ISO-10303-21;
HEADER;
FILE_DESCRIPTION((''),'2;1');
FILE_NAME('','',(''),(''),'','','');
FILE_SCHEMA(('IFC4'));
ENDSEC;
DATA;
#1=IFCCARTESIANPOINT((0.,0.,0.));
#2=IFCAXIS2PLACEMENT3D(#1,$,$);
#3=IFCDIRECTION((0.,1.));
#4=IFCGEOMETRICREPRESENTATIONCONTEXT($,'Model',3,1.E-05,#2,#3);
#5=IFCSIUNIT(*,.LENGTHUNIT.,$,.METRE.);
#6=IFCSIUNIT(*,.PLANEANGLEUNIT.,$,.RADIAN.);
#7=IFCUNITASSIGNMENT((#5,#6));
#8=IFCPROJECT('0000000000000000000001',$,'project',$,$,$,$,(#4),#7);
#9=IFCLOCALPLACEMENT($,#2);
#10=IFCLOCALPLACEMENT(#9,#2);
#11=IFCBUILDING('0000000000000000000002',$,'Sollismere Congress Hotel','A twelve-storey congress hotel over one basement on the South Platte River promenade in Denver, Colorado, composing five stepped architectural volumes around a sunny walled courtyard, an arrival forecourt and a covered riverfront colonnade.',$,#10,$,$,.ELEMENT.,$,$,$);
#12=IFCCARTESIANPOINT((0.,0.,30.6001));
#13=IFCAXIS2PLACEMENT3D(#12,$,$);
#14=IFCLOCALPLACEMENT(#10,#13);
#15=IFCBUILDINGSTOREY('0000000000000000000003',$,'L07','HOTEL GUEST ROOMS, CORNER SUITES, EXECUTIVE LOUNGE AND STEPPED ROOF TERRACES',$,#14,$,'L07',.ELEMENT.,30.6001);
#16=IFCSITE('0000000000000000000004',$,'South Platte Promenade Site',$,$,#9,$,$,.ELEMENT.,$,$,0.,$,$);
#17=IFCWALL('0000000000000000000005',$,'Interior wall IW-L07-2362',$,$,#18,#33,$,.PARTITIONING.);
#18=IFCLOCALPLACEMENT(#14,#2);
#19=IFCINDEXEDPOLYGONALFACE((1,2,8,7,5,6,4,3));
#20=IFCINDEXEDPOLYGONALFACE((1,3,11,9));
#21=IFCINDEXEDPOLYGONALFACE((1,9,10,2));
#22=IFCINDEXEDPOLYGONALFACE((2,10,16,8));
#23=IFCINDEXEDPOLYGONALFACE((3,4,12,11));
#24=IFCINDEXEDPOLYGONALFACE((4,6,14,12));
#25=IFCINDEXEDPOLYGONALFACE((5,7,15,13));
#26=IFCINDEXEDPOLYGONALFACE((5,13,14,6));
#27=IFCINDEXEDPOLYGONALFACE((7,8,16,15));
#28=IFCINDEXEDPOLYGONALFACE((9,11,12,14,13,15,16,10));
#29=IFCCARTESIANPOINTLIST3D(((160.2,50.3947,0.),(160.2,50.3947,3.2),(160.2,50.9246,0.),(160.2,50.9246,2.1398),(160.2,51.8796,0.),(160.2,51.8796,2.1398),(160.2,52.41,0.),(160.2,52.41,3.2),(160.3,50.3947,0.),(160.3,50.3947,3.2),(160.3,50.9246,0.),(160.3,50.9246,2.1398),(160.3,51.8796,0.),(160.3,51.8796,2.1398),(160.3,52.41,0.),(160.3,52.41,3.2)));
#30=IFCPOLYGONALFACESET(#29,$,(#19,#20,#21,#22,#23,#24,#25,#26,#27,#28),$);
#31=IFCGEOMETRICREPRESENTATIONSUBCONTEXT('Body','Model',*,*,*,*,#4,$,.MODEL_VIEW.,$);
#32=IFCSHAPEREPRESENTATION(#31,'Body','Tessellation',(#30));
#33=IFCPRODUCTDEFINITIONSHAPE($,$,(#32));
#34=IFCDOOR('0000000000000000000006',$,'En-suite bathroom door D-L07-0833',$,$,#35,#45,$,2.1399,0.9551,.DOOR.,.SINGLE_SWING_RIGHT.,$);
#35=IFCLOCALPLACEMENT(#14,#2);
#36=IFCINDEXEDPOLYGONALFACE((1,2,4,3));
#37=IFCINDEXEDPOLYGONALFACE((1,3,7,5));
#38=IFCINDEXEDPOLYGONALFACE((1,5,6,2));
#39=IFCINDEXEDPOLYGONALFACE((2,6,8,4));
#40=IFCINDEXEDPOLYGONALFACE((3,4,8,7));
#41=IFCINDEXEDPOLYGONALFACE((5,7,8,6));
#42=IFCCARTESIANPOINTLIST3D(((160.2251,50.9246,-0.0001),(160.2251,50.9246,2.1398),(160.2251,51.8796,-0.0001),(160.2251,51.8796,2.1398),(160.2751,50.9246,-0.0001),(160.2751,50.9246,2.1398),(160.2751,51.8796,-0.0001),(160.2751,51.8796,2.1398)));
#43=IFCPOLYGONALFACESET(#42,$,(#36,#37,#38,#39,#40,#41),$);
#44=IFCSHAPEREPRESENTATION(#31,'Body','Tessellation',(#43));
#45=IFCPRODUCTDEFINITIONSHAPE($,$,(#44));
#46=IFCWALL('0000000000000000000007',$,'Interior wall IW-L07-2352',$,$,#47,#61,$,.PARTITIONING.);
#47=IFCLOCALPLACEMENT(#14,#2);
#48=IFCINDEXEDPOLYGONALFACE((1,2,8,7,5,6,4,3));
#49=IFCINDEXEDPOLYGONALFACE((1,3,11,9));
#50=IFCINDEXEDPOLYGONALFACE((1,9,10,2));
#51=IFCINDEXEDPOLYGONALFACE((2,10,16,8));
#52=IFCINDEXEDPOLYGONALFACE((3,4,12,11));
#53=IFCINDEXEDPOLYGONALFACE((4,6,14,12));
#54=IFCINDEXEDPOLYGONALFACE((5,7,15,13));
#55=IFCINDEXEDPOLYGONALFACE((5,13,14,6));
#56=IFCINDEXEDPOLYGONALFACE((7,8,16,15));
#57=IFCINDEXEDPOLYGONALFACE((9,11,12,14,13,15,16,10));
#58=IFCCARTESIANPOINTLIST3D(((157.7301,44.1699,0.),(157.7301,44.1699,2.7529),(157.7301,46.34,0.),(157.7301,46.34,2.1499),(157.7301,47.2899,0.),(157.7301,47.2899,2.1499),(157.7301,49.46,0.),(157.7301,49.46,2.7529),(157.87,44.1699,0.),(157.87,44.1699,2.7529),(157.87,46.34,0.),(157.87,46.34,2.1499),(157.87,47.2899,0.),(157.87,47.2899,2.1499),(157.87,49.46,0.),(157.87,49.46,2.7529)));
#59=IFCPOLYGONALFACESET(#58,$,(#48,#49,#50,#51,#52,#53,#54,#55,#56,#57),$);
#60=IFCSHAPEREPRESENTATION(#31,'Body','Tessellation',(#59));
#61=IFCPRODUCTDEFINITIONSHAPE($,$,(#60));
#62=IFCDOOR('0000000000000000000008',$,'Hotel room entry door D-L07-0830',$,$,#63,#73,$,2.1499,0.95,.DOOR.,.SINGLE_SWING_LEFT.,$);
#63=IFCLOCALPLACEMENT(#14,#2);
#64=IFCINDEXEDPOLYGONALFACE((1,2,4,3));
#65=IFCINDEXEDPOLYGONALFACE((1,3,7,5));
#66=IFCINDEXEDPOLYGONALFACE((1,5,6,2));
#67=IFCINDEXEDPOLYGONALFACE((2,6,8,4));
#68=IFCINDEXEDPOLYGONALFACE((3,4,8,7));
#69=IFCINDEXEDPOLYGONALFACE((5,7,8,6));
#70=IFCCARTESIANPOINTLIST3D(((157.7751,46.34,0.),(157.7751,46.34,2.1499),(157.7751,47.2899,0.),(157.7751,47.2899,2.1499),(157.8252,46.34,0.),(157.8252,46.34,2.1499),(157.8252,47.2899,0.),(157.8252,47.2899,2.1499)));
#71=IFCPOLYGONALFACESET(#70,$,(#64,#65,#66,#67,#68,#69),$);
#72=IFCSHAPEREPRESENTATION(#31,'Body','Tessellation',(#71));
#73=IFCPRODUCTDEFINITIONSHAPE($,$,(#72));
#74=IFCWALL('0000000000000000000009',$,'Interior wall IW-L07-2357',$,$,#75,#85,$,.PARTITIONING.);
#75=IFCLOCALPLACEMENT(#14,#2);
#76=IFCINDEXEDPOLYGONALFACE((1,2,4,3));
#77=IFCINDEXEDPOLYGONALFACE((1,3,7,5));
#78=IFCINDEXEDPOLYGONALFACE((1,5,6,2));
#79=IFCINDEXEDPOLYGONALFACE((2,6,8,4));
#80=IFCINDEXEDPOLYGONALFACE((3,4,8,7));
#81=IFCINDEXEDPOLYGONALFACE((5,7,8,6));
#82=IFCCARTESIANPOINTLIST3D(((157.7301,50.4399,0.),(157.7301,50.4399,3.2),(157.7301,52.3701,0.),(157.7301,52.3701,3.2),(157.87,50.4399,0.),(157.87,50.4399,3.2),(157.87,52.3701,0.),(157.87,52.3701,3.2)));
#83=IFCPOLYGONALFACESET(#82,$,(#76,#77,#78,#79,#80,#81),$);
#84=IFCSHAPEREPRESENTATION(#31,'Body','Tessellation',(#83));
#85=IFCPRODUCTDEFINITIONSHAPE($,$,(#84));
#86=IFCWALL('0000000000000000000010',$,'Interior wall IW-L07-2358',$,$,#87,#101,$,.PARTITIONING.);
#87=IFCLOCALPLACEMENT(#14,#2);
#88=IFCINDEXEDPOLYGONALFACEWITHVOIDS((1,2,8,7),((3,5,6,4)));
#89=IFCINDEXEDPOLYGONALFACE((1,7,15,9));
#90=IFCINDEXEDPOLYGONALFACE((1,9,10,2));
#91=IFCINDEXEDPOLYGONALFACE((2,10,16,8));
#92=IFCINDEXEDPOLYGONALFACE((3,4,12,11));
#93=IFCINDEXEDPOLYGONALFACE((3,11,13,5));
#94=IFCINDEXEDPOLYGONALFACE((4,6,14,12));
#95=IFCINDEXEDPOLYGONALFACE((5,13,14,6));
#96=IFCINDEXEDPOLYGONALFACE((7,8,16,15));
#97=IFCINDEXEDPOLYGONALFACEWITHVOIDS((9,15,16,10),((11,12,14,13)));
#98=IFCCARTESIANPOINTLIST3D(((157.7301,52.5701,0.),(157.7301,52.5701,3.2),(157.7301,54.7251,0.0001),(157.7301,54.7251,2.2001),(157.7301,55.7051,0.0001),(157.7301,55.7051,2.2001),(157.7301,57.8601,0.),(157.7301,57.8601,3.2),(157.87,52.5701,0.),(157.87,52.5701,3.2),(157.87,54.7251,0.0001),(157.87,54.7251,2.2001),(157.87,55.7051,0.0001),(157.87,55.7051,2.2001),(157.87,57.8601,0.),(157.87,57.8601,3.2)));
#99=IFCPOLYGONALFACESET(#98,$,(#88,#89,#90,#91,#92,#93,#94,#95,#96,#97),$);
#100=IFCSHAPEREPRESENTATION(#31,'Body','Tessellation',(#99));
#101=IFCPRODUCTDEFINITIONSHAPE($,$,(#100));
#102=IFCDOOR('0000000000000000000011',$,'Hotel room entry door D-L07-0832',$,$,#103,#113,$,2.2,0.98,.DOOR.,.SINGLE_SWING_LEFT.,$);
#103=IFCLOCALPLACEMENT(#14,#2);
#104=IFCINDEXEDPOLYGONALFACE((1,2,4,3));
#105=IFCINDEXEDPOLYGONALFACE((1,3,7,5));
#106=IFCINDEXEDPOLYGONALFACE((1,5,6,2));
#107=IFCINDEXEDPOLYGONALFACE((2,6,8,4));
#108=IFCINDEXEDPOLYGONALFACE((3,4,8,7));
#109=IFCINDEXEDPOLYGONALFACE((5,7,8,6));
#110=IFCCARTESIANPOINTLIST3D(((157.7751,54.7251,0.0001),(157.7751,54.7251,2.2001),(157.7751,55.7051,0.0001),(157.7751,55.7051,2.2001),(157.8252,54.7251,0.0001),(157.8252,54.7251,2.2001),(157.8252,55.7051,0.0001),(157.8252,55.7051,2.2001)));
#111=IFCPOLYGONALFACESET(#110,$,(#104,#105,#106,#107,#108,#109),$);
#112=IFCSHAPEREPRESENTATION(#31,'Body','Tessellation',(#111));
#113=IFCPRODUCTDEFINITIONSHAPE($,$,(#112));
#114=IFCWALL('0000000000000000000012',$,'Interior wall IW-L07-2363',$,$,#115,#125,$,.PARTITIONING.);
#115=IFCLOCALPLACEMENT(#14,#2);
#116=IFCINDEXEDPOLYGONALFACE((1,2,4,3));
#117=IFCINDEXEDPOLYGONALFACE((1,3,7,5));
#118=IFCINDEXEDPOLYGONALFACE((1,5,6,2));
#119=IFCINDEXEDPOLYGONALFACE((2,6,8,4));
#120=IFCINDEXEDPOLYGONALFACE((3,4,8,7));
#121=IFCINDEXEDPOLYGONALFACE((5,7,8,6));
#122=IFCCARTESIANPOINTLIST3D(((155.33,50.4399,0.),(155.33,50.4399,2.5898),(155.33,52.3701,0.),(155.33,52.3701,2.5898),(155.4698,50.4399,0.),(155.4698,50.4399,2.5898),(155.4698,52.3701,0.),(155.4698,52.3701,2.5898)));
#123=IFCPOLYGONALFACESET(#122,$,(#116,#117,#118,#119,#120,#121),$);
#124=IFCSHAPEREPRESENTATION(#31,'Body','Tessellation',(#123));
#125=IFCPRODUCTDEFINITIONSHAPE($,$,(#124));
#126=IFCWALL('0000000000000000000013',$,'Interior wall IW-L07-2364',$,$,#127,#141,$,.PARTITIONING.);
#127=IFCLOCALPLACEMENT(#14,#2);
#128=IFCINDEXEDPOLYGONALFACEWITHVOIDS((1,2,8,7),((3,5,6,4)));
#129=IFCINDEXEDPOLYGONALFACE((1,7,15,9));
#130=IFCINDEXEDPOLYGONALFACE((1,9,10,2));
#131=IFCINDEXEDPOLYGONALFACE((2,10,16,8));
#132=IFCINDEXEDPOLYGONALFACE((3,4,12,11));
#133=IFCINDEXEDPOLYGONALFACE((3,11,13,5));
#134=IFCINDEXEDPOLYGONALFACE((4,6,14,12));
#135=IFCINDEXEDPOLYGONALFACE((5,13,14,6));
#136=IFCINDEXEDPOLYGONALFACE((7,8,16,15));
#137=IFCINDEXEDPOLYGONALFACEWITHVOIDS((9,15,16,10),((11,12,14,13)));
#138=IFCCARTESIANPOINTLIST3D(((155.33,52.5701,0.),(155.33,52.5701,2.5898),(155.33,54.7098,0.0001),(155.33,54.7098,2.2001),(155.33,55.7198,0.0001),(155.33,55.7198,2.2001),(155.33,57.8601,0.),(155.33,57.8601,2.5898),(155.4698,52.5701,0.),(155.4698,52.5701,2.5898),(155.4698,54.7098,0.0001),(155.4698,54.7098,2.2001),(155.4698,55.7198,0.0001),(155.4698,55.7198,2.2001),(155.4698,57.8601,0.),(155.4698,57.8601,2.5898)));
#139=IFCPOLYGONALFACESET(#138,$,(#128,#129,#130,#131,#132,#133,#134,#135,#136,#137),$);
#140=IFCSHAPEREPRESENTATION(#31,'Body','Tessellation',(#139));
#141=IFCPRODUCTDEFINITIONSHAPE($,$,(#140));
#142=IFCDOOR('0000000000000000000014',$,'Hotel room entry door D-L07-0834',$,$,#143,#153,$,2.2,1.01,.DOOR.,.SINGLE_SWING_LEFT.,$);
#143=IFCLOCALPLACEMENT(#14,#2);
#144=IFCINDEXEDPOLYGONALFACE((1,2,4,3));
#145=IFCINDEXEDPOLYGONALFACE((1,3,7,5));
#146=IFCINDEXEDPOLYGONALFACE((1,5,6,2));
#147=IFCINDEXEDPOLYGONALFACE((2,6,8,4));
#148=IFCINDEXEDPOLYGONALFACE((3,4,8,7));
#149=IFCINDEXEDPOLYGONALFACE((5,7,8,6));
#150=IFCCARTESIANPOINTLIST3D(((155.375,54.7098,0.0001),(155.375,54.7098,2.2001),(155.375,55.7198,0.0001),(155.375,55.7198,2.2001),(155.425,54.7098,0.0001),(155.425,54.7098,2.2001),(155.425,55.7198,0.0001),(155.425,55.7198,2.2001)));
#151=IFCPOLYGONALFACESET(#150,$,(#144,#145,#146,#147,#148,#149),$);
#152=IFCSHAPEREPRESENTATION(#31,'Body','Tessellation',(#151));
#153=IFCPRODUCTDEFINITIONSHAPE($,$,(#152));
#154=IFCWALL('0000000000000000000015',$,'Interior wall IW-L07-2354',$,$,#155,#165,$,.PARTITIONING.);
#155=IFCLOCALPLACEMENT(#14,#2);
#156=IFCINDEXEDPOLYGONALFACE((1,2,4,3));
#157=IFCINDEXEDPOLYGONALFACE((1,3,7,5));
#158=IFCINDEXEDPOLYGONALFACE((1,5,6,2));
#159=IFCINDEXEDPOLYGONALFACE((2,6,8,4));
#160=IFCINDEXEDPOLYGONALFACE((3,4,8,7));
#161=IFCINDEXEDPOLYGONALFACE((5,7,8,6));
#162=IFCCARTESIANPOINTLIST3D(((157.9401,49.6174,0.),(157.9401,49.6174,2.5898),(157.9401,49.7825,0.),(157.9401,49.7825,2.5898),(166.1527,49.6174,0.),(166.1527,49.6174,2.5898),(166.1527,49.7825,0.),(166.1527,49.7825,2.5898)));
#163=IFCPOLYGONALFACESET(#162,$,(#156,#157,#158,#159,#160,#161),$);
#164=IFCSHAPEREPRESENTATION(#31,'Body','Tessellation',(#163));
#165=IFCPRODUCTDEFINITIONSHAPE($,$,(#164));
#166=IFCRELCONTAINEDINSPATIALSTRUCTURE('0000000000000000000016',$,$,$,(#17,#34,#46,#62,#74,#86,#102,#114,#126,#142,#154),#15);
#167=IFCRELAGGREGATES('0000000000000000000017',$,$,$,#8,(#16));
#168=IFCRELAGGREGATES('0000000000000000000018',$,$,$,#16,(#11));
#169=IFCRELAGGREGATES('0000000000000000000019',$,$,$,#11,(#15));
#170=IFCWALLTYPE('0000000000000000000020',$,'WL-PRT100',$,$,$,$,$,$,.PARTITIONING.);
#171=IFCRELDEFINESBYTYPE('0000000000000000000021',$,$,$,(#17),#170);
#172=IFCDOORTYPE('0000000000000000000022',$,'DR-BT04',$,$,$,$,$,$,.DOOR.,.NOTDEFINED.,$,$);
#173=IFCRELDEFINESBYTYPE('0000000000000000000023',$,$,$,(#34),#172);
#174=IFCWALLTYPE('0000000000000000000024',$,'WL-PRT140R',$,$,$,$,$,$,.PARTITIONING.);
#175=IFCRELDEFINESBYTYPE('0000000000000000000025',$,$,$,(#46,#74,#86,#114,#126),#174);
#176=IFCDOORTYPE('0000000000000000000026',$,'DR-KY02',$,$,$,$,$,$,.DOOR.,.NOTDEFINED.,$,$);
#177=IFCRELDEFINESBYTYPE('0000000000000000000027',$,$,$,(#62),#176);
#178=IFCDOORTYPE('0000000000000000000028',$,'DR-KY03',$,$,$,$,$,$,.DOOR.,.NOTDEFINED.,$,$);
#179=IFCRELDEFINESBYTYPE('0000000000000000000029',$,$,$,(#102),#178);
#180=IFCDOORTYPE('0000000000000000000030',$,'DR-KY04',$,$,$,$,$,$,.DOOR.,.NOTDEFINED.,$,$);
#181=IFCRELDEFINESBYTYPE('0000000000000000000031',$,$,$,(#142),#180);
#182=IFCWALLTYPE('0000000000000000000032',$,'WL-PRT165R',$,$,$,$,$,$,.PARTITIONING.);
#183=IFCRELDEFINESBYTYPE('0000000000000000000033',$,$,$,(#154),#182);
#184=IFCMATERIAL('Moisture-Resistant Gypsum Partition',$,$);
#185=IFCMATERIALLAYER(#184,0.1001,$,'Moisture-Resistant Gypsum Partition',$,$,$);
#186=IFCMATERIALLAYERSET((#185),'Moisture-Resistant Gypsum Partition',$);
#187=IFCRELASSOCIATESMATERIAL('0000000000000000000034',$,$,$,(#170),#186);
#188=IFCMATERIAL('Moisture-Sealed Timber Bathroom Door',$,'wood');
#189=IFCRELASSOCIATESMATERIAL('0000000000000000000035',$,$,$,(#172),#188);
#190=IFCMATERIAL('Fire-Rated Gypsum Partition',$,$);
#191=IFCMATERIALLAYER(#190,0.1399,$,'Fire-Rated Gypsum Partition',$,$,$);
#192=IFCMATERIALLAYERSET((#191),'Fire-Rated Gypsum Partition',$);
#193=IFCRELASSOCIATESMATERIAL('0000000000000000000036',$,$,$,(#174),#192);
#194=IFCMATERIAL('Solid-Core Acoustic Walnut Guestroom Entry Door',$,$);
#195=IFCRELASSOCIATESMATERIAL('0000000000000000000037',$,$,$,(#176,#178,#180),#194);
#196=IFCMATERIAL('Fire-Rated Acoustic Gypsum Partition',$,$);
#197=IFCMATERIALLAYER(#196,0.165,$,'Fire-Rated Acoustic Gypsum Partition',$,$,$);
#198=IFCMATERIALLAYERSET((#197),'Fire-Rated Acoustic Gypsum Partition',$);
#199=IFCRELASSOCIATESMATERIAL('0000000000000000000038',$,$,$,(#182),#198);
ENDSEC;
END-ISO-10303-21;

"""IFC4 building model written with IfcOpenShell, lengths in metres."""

from ifc_helpers import new_model, si_unit, direction, frame, frame_2d, origin, place, context, subcontext, project, spatial, rectangle, extrude, material, layer, layer_set, type_object, element, fill, save


model = new_model("IFC4")

# Units and contexts
model_context = context("Model", 3, precision=1e-05, world=origin(), true_north=direction((0.0, 1.0)))
body_context = subcontext(model_context, "Body", "Model", "MODEL_VIEW")
ifc_project = project(units=[si_unit("LENGTHUNIT", "METRE"), si_unit("PLANEANGLEUNIT", "RADIAN")], contexts=[model_context])

# Site, building, storey
site_placement = place(None, origin())
site = spatial("IfcSite", under=ifc_project, at=site_placement, Name="South Platte Promenade Site", CompositionType="ELEMENT", RefElevation=0.0)
building_placement = place(site_placement, origin())
building = spatial("IfcBuilding", under=site, at=building_placement, Name="Sollismere Congress Hotel", Description="A twelve-storey congress hotel over one basement on the South Platte River promenade in Denver, Colorado, composing five stepped architectural volumes around a sunny walled courtyard, an arrival forecourt and a covered riverfront colonnade.", CompositionType="ELEMENT")
storey_placement = place(building_placement, frame((0.0, 0.0, 30.6001)))
storey = spatial("IfcBuildingStorey", under=building, at=storey_placement, Name="L07", Description="HOTEL GUEST ROOMS, CORNER SUITES, EXECUTIVE LOUNGE AND STEPPED ROOF TERRACES", LongName="L07", CompositionType="ELEMENT", Elevation=30.6001)

# Walls, openings, doors
ifc_material_1 = material(Name="Moisture-Resistant Gypsum Partition")
ifc_layer_1 = layer(ifc_material_1, 0.1001, Name="Moisture-Resistant Gypsum Partition")
ifc_layer_set_1 = layer_set([ifc_layer_1], Name="Moisture-Resistant Gypsum Partition")
wall_type_1 = type_object("IfcWallType", Name="WL-PRT100", PredefinedType="PARTITIONING", material=ifc_layer_set_1)
wall_1_placement = place(storey_placement, frame((160.25, 50.3945, 0.0), z_axis=(0.0, 0.0, 1.0), x_axis=(0.0, 1.0, 0.0)))
wall_1 = element("IfcWall", 1, at=wall_1_placement, inside=storey, type_object=wall_type_1, Name="Interior wall IW-L07-2362", PredefinedType="PARTITIONING", context=body_context, shape_type="SweptSolid", body=[
    extrude(rectangle(XDim=2.0154, YDim=0.1001, at=frame_2d((1.0078, 0.0))), origin(), (0.0, 0.0, 1.0), 3.2),
])
opening_1_placement = place(wall_1_placement, frame((0.53, 0.0, 0.0)))
opening_1 = element("IfcOpeningElement", 2, at=opening_1_placement, cuts=wall_1, PredefinedType="OPENING", context=body_context, shape_type="SweptSolid", body=[
    extrude(rectangle(XDim=0.9551, YDim=2.1399, at=frame_2d((0.4775, 1.0698))), frame((0.0, 0.0601, 0.0), z_axis=(0.0, -1.0, 0.0), x_axis=(1.0, 0.0, 0.0)), (0.0, 0.0, 1.0), 0.1201),
])
ifc_material_2 = material(Name="Moisture-Sealed Timber Bathroom Door", Category="wood")
door_type_1 = type_object("IfcDoorType", Name="DR-BT04", OperationType="NOTDEFINED", PredefinedType="DOOR", material=ifc_material_2)
door_1_placement = place(opening_1_placement, origin())
door_1 = element("IfcDoor", 3, at=door_1_placement, inside=storey, type_object=door_type_1, Name="En-suite bathroom door D-L07-0833", OperationType="SINGLE_SWING_RIGHT", OverallHeight=2.1399, OverallWidth=0.9551, PredefinedType="DOOR", context=body_context, shape_type="SweptSolid", body=[
    extrude(rectangle(XDim=0.9551, YDim=2.1399, at=frame_2d((0.4775, 1.0698))), frame((0.0, 0.0249, 0.0), z_axis=(0.0, -1.0, 0.0), x_axis=(1.0, 0.0, 0.0)), (0.0, 0.0, 1.0), 0.05),
])
fill(opening_1, door_1)
ifc_material_3 = material(Name="Fire-Rated Gypsum Partition")
ifc_layer_2 = layer(ifc_material_3, 0.1399, Name="Fire-Rated Gypsum Partition")
ifc_layer_set_2 = layer_set([ifc_layer_2], Name="Fire-Rated Gypsum Partition")
wall_type_2 = type_object("IfcWallType", Name="WL-PRT140R", PredefinedType="PARTITIONING", material=ifc_layer_set_2)
wall_2_placement = place(storey_placement, frame((157.8, 44.1699, 0.0), z_axis=(0.0, 0.0, 1.0), x_axis=(0.0, 1.0, 0.0)))
wall_2 = element("IfcWall", 4, at=wall_2_placement, inside=storey, type_object=wall_type_2, Name="Interior wall IW-L07-2352", PredefinedType="PARTITIONING", context=body_context, shape_type="SweptSolid", body=[
    extrude(rectangle(XDim=5.29, YDim=0.1399, at=frame_2d((2.645, 0.0))), origin(), (0.0, 0.0, 1.0), 2.7529),
])
opening_2_placement = place(wall_2_placement, frame((2.1699, 0.0, 0.0)))
opening_2 = element("IfcOpeningElement", 5, at=opening_2_placement, cuts=wall_2, PredefinedType="OPENING", context=body_context, shape_type="SweptSolid", body=[
    extrude(rectangle(XDim=0.95, YDim=2.1499, at=frame_2d((0.4751, 1.075))), frame((0.0, 0.0798, 0.0), z_axis=(0.0, -1.0, 0.0), x_axis=(1.0, 0.0, 0.0)), (0.0, 0.0, 1.0), 0.1599),
])
ifc_material_4 = material(Name="Solid-Core Acoustic Walnut Guestroom Entry Door")
door_type_2 = type_object("IfcDoorType", Name="DR-KY02", OperationType="NOTDEFINED", PredefinedType="DOOR", material=ifc_material_4)
door_2_placement = place(opening_2_placement, origin())
door_2 = element("IfcDoor", 6, at=door_2_placement, inside=storey, type_object=door_type_2, Name="Hotel room entry door D-L07-0830", OperationType="SINGLE_SWING_LEFT", OverallHeight=2.1499, OverallWidth=0.95, PredefinedType="DOOR", context=body_context, shape_type="SweptSolid", body=[
    extrude(rectangle(XDim=0.95, YDim=2.1499, at=frame_2d((0.4751, 1.075))), frame((0.0, 0.0249, 0.0), z_axis=(0.0, -1.0, 0.0), x_axis=(1.0, 0.0, 0.0)), (0.0, 0.0, 1.0), 0.05),
])
fill(opening_2, door_2)

# Wall
wall_3_placement = place(storey_placement, frame((157.8, 50.4399, 0.0), z_axis=(0.0, 0.0, 1.0), x_axis=(0.0, 1.0, 0.0)))
element("IfcWall", 7, at=wall_3_placement, inside=storey, type_object=wall_type_2, Name="Interior wall IW-L07-2357", PredefinedType="PARTITIONING", context=body_context, shape_type="SweptSolid", body=[
    extrude(rectangle(XDim=1.9302, YDim=0.1399, at=frame_2d((0.9651, 0.0))), origin(), (0.0, 0.0, 1.0), 3.2),
])

# Wall, opening, door
wall_4_placement = place(storey_placement, frame((157.8, 52.5701, 0.0), z_axis=(0.0, 0.0, 1.0), x_axis=(0.0, 1.0, 0.0)))
wall_4 = element("IfcWall", 8, at=wall_4_placement, inside=storey, type_object=wall_type_2, Name="Interior wall IW-L07-2358", PredefinedType="PARTITIONING", context=body_context, shape_type="SweptSolid", body=[
    extrude(rectangle(XDim=5.29, YDim=0.1399, at=frame_2d((2.645, 0.0))), origin(), (0.0, 0.0, 1.0), 3.2),
])
opening_3_placement = place(wall_4_placement, frame((2.155, 0.0, 0.0)))
opening_3 = element("IfcOpeningElement", 9, at=opening_3_placement, cuts=wall_4, PredefinedType="OPENING", context=body_context, shape_type="SweptSolid", body=[
    extrude(rectangle(XDim=0.98, YDim=2.2, at=frame_2d((0.49, 1.1001))), frame((0.0, 0.0798, 0.0), z_axis=(0.0, -1.0, 0.0), x_axis=(1.0, 0.0, 0.0)), (0.0, 0.0, 1.0), 0.1599),
])
door_type_3 = type_object("IfcDoorType", Name="DR-KY03", OperationType="NOTDEFINED", PredefinedType="DOOR", material=ifc_material_4)
door_3_placement = place(opening_3_placement, origin())
door_3 = element("IfcDoor", 10, at=door_3_placement, inside=storey, type_object=door_type_3, Name="Hotel room entry door D-L07-0832", OperationType="SINGLE_SWING_LEFT", OverallHeight=2.2, OverallWidth=0.98, PredefinedType="DOOR", context=body_context, shape_type="SweptSolid", body=[
    extrude(rectangle(XDim=0.98, YDim=2.2, at=frame_2d((0.49, 1.1001))), frame((0.0, 0.0249, 0.0), z_axis=(0.0, -1.0, 0.0), x_axis=(1.0, 0.0, 0.0)), (0.0, 0.0, 1.0), 0.05),
])
fill(opening_3, door_3)

# Wall
wall_5_placement = place(storey_placement, frame((155.3999, 50.4399, 0.0), z_axis=(0.0, 0.0, 1.0), x_axis=(0.0, 1.0, 0.0)))
element("IfcWall", 11, at=wall_5_placement, inside=storey, type_object=wall_type_2, Name="Interior wall IW-L07-2363", PredefinedType="PARTITIONING", context=body_context, shape_type="SweptSolid", body=[
    extrude(rectangle(XDim=1.9302, YDim=0.1399, at=frame_2d((0.9651, 0.0))), origin(), (0.0, 0.0, 1.0), 2.5898),
])

# Wall, opening, door
wall_6_placement = place(storey_placement, frame((155.3999, 52.5701, 0.0), z_axis=(0.0, 0.0, 1.0), x_axis=(0.0, 1.0, 0.0)))
wall_6 = element("IfcWall", 12, at=wall_6_placement, inside=storey, type_object=wall_type_2, Name="Interior wall IW-L07-2364", PredefinedType="PARTITIONING", context=body_context, shape_type="SweptSolid", body=[
    extrude(rectangle(XDim=5.29, YDim=0.1399, at=frame_2d((2.645, 0.0))), origin(), (0.0, 0.0, 1.0), 2.5898),
])
opening_4_placement = place(wall_6_placement, frame((2.1399, 0.0, 0.0)))
opening_4 = element("IfcOpeningElement", 13, at=opening_4_placement, cuts=wall_6, PredefinedType="OPENING", context=body_context, shape_type="SweptSolid", body=[
    extrude(rectangle(XDim=1.01, YDim=2.2, at=frame_2d((0.5049, 1.1001))), frame((0.0, 0.0798, 0.0), z_axis=(0.0, -1.0, 0.0), x_axis=(1.0, 0.0, 0.0)), (0.0, 0.0, 1.0), 0.1599),
])
door_type_4 = type_object("IfcDoorType", Name="DR-KY04", OperationType="NOTDEFINED", PredefinedType="DOOR", material=ifc_material_4)
door_4_placement = place(opening_4_placement, origin())
door_4 = element("IfcDoor", 14, at=door_4_placement, inside=storey, type_object=door_type_4, Name="Hotel room entry door D-L07-0834", OperationType="SINGLE_SWING_LEFT", OverallHeight=2.2, OverallWidth=1.01, PredefinedType="DOOR", context=body_context, shape_type="SweptSolid", body=[
    extrude(rectangle(XDim=1.01, YDim=2.2, at=frame_2d((0.5049, 1.1001))), frame((0.0, 0.0249, 0.0), z_axis=(0.0, -1.0, 0.0), x_axis=(1.0, 0.0, 0.0)), (0.0, 0.0, 1.0), 0.05),
])
fill(opening_4, door_4)

# Wall
ifc_material_5 = material(Name="Fire-Rated Acoustic Gypsum Partition")
ifc_layer_3 = layer(ifc_material_5, 0.165, Name="Fire-Rated Acoustic Gypsum Partition")
ifc_layer_set_3 = layer_set([ifc_layer_3], Name="Fire-Rated Acoustic Gypsum Partition")
wall_type_3 = type_object("IfcWallType", Name="WL-PRT165R", PredefinedType="PARTITIONING", material=ifc_layer_set_3)
for number, where, z_axis, x_axis, name in (
    (15, (157.9399, 49.7, 0.0), (0.0, 0.0, 1.0), (1.0, 0.0, 0.0), "Interior wall IW-L07-2354"),
):
    element("IfcWall", number, at=place(storey_placement, frame(where, z_axis=z_axis, x_axis=x_axis)), inside=storey, type_object=wall_type_3, Name=name, PredefinedType="PARTITIONING", context=body_context, shape_type="SweptSolid", body=[
        extrude(rectangle(XDim=8.2126, YDim=0.165, at=frame_2d((4.1064, 0.0))), origin(), (0.0, 0.0, 1.0), 2.5898),
    ])

save(model, "model.ifc")
